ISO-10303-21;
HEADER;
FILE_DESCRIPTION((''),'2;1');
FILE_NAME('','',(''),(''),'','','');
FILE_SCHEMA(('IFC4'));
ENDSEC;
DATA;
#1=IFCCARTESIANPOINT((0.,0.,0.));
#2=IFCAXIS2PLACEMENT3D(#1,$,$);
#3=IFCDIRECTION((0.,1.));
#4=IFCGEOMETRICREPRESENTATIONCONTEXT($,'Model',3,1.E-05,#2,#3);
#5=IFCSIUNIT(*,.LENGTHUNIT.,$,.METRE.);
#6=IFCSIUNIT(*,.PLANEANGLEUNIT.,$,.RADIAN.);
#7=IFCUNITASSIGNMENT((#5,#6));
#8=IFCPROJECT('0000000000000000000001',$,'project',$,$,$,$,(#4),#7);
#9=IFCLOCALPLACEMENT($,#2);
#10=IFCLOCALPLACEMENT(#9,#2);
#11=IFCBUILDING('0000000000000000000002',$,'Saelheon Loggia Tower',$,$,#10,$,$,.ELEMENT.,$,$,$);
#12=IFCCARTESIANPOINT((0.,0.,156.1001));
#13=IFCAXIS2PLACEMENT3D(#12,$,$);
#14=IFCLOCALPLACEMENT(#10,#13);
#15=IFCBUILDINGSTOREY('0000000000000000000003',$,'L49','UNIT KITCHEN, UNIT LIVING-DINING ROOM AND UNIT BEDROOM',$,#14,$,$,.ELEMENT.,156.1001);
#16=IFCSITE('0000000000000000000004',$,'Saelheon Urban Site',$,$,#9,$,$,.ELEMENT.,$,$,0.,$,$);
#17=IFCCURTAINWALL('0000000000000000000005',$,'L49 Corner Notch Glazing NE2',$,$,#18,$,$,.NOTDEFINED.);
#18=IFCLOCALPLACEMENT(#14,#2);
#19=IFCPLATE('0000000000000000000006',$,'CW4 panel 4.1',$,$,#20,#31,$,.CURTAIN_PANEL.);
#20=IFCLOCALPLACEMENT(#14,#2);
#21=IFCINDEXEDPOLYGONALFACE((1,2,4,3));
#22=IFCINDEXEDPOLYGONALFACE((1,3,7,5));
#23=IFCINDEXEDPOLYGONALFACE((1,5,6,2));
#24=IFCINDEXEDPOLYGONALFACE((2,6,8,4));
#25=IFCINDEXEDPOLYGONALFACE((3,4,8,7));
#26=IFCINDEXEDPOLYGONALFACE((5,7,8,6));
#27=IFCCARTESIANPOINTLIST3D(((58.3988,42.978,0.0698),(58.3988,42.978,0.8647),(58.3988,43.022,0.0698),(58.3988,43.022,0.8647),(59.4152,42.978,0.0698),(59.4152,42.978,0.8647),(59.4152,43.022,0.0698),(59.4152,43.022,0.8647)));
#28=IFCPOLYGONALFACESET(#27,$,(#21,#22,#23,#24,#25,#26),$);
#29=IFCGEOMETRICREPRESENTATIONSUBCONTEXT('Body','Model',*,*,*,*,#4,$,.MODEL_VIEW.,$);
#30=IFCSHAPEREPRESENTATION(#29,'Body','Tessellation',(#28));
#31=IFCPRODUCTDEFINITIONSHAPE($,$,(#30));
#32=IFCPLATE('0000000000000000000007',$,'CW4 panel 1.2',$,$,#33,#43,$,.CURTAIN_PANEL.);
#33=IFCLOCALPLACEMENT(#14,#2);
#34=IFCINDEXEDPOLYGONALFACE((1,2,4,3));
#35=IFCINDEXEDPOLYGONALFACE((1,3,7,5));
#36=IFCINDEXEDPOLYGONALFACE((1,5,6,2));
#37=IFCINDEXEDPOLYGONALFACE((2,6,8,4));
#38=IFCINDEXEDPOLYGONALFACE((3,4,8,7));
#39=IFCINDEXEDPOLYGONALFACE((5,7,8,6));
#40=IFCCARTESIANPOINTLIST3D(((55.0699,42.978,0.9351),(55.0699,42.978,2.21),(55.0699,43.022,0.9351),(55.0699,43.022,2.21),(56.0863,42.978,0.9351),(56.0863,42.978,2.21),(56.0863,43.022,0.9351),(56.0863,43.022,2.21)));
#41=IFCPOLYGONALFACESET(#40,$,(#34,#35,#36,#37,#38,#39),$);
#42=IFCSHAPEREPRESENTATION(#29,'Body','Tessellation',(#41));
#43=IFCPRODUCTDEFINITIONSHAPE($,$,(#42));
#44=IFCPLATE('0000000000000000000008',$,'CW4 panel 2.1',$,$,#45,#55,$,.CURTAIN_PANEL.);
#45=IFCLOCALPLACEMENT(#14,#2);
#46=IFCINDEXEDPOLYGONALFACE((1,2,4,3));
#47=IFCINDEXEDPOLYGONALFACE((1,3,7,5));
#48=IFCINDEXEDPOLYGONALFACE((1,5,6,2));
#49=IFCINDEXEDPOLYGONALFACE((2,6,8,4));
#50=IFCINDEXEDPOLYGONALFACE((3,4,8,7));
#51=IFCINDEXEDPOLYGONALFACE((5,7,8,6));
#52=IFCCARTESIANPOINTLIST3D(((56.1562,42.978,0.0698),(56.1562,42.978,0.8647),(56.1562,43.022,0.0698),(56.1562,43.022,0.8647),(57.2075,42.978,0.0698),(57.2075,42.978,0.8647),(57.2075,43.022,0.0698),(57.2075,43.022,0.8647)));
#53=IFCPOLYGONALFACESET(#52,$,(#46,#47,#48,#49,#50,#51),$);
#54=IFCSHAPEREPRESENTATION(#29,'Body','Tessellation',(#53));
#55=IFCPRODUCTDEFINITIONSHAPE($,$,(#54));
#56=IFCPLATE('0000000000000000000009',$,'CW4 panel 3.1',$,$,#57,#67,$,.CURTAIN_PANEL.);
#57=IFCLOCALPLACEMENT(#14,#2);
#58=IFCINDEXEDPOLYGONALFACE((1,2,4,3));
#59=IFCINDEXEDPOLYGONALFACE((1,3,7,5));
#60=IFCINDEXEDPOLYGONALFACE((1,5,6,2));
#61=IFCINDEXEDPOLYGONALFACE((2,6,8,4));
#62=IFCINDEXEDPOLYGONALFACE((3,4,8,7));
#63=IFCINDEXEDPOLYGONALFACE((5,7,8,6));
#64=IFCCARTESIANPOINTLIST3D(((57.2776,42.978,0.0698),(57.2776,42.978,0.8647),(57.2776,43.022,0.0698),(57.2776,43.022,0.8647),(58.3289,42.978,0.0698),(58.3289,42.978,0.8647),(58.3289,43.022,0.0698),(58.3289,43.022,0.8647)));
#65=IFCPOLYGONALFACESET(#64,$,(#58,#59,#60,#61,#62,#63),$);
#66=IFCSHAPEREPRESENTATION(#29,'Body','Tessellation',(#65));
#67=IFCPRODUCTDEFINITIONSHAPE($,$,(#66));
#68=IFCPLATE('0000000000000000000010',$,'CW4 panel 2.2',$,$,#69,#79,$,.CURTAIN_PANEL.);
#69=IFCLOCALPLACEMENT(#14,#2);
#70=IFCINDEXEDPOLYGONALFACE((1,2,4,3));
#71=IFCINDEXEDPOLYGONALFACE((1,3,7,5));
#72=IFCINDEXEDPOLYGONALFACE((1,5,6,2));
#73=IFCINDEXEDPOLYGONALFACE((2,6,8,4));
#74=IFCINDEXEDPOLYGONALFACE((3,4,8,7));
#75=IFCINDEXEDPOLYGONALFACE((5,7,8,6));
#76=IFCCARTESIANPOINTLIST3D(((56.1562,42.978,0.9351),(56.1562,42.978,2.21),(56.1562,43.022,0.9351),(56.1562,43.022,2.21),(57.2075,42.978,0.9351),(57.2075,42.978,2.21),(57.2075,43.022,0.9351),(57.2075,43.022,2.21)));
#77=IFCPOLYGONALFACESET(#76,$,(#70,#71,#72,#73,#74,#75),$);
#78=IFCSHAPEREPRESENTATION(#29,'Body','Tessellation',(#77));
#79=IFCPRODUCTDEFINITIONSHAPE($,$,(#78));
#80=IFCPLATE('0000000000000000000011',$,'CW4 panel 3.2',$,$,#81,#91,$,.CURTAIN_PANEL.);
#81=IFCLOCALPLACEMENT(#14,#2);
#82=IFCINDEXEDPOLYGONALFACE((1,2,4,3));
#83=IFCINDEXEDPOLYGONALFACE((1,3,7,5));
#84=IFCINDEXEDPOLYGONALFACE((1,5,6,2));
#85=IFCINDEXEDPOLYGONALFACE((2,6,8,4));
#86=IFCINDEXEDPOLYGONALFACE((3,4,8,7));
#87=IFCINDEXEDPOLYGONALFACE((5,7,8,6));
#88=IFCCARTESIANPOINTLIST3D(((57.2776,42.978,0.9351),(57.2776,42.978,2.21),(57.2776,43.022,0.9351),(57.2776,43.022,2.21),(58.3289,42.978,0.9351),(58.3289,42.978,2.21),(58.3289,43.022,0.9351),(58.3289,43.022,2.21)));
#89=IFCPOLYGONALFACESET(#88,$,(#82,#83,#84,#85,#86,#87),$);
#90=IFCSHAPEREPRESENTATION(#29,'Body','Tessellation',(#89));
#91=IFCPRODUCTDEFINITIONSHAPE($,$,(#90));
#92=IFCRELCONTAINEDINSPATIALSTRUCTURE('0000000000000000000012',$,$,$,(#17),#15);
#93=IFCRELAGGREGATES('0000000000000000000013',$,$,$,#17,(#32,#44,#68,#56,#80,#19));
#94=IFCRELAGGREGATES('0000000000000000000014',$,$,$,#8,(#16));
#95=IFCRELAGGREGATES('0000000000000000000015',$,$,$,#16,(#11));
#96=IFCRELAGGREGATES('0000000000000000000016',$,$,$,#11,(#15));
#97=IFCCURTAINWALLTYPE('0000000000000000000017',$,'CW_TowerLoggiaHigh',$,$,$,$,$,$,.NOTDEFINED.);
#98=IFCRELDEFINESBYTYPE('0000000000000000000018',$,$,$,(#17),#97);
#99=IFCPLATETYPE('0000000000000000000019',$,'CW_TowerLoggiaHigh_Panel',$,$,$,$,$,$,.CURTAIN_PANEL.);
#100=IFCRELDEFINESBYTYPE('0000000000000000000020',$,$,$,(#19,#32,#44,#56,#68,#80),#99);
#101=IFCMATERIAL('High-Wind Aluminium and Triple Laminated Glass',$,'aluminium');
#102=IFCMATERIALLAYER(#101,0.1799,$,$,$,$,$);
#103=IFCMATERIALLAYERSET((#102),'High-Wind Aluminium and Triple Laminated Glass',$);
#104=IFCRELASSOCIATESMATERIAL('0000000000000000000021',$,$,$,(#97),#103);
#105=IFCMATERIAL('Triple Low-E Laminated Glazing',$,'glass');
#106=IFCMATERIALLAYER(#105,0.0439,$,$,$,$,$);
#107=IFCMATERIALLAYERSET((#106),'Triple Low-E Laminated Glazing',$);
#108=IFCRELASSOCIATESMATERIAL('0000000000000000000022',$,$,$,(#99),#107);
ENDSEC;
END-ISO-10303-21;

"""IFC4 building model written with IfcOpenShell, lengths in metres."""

from ifc_helpers import new_model, si_unit, direction, frame, origin, origin_2d, place, context, subcontext, project, spatial, rectangle, extrude, source, transform, mapped, material, layer, layer_set, type_object, element, aggregate, save


model = new_model("IFC4")

# Units and contexts
model_context = context("Model", 3, precision=1e-05, world=origin(), true_north=direction((0.0, 1.0)))
body_context = subcontext(model_context, "Body", "Model", "MODEL_VIEW")
ifc_project = project(units=[si_unit("LENGTHUNIT", "METRE"), si_unit("PLANEANGLEUNIT", "RADIAN")], contexts=[model_context])

# Site, building, storey
site_placement = place(None, origin())
site = spatial("IfcSite", under=ifc_project, at=site_placement, Name="Saelheon Urban Site", CompositionType="ELEMENT", RefElevation=0.0)
building_placement = place(site_placement, origin())
building = spatial("IfcBuilding", under=site, at=building_placement, Name="Saelheon Loggia Tower", CompositionType="ELEMENT")
storey_placement = place(building_placement, frame((0.0, 0.0, 156.1001)))
storey = spatial("IfcBuildingStorey", under=building, at=storey_placement, Name="L49", Description="UNIT KITCHEN, UNIT LIVING-DINING ROOM AND UNIT BEDROOM", CompositionType="ELEMENT", Elevation=156.1001)

# Curtain wall, plates
ifc_material_1 = material(Name="High-Wind Aluminium and Triple Laminated Glass", Category="aluminium")
ifc_layer_1 = layer(ifc_material_1, 0.1799)
ifc_layer_set_1 = layer_set([ifc_layer_1], Name="High-Wind Aluminium and Triple Laminated Glass")
curtain_wall_type = type_object("IfcCurtainWallType", Name="CW_TowerLoggiaHigh", PredefinedType="NOTDEFINED", material=ifc_layer_set_1)
curtain_wall_placement = place(storey_placement, origin())
curtain_wall = element("IfcCurtainWall", 1, at=curtain_wall_placement, inside=storey, type_object=curtain_wall_type, Name="L49 Corner Notch Glazing NE2", PredefinedType="NOTDEFINED")
ifc_material_2 = material(Name="Triple Low-E Laminated Glazing", Category="glass")
ifc_layer_2 = layer(ifc_material_2, 0.0439)
ifc_layer_set_2 = layer_set([ifc_layer_2], Name="Triple Low-E Laminated Glazing")
plate_type = type_object("IfcPlateType", Name="CW_TowerLoggiaHigh_Panel", PredefinedType="CURTAIN_PANEL", material=ifc_layer_set_2)
shared_shape_1 = source(origin(), body_context, "Body", "SweptSolid", [
    extrude(rectangle(XDim=1.0164, YDim=0.0439, at=origin_2d()), origin(), (0.0, 0.0, 1.0), 0.7949),
])
plate_1_placement = place(storey_placement, frame((58.907, 43.0, 0.0698), z_axis=(0.0, 0.0, 1.0), x_axis=(1.0, 0.0, 0.0)))
plate_1 = element("IfcPlate", 2, at=plate_1_placement, type_object=plate_type, Name="CW4 panel 4.1", PredefinedType="CURTAIN_PANEL", context=body_context, shape_type="MappedRepresentation", body=[
    mapped(shared_shape_1, transform((0.0, 0.0, 0.0), scale=1.0)),
])
shared_shape_2 = source(origin(), body_context, "Body", "SweptSolid", [
    extrude(rectangle(XDim=1.0164, YDim=0.0439, at=origin_2d()), origin(), (0.0, 0.0, 1.0), 1.2749),
])
plate_2_placement = place(storey_placement, frame((55.5781, 43.0, 0.9351), z_axis=(0.0, 0.0, 1.0), x_axis=(1.0, 0.0, 0.0)))
plate_2 = element("IfcPlate", 3, at=plate_2_placement, type_object=plate_type, Name="CW4 panel 1.2", PredefinedType="CURTAIN_PANEL", context=body_context, shape_type="MappedRepresentation", body=[
    mapped(shared_shape_2, transform((0.0, 0.0, 0.0), scale=1.0)),
])
shared_shape_3 = source(origin(), body_context, "Body", "SweptSolid", [
    extrude(rectangle(XDim=1.0513, YDim=0.0439, at=origin_2d()), origin(), (0.0, 0.0, 1.0), 0.7949),
])
plate_3_placement = place(storey_placement, frame((56.6819, 43.0, 0.0698), z_axis=(0.0, 0.0, 1.0), x_axis=(1.0, 0.0, 0.0)))
plate_3 = element("IfcPlate", 4, at=plate_3_placement, type_object=plate_type, Name="CW4 panel 2.1", PredefinedType="CURTAIN_PANEL", context=body_context, shape_type="MappedRepresentation", body=[
    mapped(shared_shape_3, transform((0.0, 0.0, 0.0), scale=1.0)),
])
plate_4_placement = place(storey_placement, frame((57.8032, 43.0, 0.0698), z_axis=(0.0, 0.0, 1.0), x_axis=(1.0, 0.0, 0.0)))
plate_4 = element("IfcPlate", 5, at=plate_4_placement, type_object=plate_type, Name="CW4 panel 3.1", PredefinedType="CURTAIN_PANEL", context=body_context, shape_type="MappedRepresentation", body=[
    mapped(shared_shape_3, transform((0.0, 0.0, 0.0), scale=1.0)),
])
shared_shape_4 = source(origin(), body_context, "Body", "SweptSolid", [
    extrude(rectangle(XDim=1.0513, YDim=0.0439, at=origin_2d()), origin(), (0.0, 0.0, 1.0), 1.2749),
])
plate_5_placement = place(storey_placement, frame((56.6819, 43.0, 0.9351), z_axis=(0.0, 0.0, 1.0), x_axis=(1.0, 0.0, 0.0)))
plate_5 = element("IfcPlate", 6, at=plate_5_placement, type_object=plate_type, Name="CW4 panel 2.2", PredefinedType="CURTAIN_PANEL", context=body_context, shape_type="MappedRepresentation", body=[
    mapped(shared_shape_4, transform((0.0, 0.0, 0.0), scale=1.0)),
])
plate_6_placement = place(storey_placement, frame((57.8032, 43.0, 0.9351), z_axis=(0.0, 0.0, 1.0), x_axis=(1.0, 0.0, 0.0)))
plate_6 = element("IfcPlate", 7, at=plate_6_placement, type_object=plate_type, Name="CW4 panel 3.2", PredefinedType="CURTAIN_PANEL", context=body_context, shape_type="MappedRepresentation", body=[
    mapped(shared_shape_4, transform((0.0, 0.0, 0.0), scale=1.0)),
])
aggregate(curtain_wall, [plate_2, plate_3, plate_5, plate_4, plate_6, plate_1])

save(model, "model.ifc")
